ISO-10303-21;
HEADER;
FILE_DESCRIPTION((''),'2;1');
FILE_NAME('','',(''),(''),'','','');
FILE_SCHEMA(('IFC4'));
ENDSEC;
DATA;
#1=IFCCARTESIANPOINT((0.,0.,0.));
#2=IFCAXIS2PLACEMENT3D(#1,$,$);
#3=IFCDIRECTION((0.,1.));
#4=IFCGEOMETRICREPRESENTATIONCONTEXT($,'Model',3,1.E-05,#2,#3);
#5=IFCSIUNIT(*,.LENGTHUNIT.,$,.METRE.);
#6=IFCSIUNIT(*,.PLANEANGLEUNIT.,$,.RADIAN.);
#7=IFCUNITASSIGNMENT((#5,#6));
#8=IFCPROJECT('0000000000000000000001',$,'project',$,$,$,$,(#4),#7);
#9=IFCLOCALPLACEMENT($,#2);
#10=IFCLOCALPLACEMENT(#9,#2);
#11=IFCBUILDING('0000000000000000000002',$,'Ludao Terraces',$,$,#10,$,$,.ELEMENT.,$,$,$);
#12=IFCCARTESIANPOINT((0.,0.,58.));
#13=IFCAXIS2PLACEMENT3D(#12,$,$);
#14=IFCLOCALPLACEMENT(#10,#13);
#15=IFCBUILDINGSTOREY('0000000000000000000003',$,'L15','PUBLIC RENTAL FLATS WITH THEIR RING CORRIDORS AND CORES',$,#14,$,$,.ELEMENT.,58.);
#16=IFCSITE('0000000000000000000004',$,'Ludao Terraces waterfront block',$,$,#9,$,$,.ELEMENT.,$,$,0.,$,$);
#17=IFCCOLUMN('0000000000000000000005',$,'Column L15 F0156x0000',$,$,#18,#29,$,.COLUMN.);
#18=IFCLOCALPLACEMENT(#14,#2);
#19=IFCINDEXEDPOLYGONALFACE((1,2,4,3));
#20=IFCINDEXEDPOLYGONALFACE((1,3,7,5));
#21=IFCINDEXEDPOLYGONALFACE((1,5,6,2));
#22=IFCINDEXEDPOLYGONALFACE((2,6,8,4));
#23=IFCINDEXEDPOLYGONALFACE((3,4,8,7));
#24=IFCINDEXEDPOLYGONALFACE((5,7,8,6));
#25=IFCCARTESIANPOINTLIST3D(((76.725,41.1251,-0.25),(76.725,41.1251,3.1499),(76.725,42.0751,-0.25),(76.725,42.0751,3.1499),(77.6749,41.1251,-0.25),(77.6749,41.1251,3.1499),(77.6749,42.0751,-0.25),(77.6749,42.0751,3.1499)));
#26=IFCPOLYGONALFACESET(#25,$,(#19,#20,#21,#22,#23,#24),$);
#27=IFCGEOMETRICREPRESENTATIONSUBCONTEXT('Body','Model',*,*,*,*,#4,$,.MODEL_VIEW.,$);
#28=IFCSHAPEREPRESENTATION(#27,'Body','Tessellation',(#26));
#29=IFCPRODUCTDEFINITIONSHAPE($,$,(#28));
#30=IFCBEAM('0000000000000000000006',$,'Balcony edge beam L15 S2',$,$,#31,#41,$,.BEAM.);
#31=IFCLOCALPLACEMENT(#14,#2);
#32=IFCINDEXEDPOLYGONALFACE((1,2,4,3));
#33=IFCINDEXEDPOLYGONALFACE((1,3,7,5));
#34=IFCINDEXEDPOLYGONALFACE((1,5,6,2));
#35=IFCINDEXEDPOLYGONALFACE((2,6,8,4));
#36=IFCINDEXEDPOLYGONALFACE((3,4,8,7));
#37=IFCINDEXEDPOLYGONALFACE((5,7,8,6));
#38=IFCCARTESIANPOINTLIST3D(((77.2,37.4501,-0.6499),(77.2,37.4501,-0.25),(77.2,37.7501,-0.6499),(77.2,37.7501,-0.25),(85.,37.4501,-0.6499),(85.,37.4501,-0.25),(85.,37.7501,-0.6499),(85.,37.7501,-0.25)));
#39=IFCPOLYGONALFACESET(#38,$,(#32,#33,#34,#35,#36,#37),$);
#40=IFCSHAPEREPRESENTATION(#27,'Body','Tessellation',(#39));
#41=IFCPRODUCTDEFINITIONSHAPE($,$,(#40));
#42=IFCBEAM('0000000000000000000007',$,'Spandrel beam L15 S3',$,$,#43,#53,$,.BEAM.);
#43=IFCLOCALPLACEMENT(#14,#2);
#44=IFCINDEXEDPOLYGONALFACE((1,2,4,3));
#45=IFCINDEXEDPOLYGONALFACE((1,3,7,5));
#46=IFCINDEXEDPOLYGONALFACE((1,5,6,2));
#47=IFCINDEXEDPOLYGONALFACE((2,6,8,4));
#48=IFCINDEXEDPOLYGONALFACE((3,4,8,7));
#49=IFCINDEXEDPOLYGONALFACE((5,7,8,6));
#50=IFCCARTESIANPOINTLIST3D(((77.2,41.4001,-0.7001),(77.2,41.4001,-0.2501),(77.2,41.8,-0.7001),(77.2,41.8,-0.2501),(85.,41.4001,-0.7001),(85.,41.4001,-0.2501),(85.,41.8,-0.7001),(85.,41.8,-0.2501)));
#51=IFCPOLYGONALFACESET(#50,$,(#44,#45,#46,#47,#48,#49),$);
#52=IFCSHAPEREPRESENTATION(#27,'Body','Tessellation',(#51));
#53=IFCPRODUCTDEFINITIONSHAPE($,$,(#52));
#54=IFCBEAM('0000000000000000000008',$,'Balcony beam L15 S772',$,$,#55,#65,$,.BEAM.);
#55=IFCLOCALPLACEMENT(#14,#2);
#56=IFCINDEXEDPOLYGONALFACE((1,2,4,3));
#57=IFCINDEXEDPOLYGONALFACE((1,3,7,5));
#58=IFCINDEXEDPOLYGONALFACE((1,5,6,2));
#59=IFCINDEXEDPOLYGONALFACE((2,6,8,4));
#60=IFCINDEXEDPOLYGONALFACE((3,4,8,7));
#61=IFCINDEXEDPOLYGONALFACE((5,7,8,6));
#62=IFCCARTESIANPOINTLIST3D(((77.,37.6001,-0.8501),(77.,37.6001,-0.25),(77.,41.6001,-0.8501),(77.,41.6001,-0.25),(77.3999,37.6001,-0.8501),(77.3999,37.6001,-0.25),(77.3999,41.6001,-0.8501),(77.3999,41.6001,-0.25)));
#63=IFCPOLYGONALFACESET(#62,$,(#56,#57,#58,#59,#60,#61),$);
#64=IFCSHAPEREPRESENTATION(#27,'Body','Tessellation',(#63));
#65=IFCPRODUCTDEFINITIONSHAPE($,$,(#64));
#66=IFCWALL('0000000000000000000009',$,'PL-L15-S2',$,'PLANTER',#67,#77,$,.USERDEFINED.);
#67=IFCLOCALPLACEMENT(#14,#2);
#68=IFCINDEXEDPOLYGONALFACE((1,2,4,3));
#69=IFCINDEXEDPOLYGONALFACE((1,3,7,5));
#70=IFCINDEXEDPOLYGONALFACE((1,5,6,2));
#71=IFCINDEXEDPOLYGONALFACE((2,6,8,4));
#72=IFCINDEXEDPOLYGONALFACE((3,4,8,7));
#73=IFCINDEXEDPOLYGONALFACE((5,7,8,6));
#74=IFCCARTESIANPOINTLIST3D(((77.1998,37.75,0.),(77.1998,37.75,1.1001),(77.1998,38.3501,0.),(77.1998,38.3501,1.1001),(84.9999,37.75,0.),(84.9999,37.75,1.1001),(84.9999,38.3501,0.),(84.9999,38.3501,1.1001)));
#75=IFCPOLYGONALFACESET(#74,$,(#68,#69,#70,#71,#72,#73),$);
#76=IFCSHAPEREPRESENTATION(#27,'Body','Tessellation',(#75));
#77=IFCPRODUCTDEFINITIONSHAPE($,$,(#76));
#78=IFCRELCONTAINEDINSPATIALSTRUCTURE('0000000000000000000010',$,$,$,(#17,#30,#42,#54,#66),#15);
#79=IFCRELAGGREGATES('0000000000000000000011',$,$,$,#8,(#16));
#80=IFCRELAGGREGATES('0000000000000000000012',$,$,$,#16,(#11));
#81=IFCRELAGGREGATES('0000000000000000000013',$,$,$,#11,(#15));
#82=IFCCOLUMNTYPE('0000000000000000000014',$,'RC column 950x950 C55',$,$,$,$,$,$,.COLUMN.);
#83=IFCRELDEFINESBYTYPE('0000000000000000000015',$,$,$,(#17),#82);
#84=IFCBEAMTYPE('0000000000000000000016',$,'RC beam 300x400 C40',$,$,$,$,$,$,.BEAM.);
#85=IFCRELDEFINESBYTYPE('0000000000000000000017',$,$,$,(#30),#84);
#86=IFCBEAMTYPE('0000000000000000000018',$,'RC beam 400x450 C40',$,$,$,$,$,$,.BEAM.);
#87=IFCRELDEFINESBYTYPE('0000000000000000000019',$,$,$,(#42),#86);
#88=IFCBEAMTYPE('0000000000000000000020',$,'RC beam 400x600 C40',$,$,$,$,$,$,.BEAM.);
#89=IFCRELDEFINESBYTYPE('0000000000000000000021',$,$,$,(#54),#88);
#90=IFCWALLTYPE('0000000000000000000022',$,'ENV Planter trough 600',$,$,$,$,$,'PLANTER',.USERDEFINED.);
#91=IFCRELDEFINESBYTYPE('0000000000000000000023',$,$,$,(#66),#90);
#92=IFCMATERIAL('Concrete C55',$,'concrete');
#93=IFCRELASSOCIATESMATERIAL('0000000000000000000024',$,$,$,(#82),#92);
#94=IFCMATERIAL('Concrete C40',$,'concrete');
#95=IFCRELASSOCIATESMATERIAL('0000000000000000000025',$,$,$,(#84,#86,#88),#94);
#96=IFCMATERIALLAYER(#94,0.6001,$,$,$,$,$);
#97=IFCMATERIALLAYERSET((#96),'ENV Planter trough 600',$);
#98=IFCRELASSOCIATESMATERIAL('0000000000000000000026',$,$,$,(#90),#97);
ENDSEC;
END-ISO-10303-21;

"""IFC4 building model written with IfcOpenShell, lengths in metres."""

from ifc_helpers import new_model, si_unit, direction, frame, frame_2d, origin, origin_2d, place, context, subcontext, project, spatial, rectangle, extrude, material, layer, layer_set, material_profile, profile_set, type_object, element, save


model = new_model("IFC4")

# Units and contexts
model_context = context("Model", 3, precision=1e-05, world=origin(), true_north=direction((0.0, 1.0)))
body_context = subcontext(model_context, "Body", "Model", "MODEL_VIEW")
ifc_project = project(units=[si_unit("LENGTHUNIT", "METRE"), si_unit("PLANEANGLEUNIT", "RADIAN")], contexts=[model_context])

# Site, building, storey
site_placement = place(None, origin())
site = spatial("IfcSite", under=ifc_project, at=site_placement, Name="Ludao Terraces waterfront block", CompositionType="ELEMENT", RefElevation=0.0)
building_placement = place(site_placement, origin())
building = spatial("IfcBuilding", under=site, at=building_placement, Name="Ludao Terraces", CompositionType="ELEMENT")
storey_placement = place(building_placement, frame((0.0, 0.0, 58.0)))
storey = spatial("IfcBuildingStorey", under=building, at=storey_placement, Name="L15", Description="PUBLIC RENTAL FLATS WITH THEIR RING CORRIDORS AND CORES", CompositionType="ELEMENT", Elevation=58.0)

# Column
ifc_material_1 = material(Name="Concrete C55", Category="concrete")
ifc_material_profile_1 = material_profile(ifc_material_1, rectangle(XDim=0.95, YDim=0.95, at=origin_2d()), Name="950 X 950")
ifc_profile_set_1 = profile_set([ifc_material_profile_1], Name="Concrete C55")
column_type = type_object("IfcColumnType", Name="RC column 950x950 C55", PredefinedType="COLUMN", material=ifc_profile_set_1)
column_placement = place(storey_placement, frame((77.2, 41.6001, -0.25), z_axis=(0.0, 0.0, 1.0), x_axis=(1.0, 0.0, 0.0)))
element("IfcColumn", 1, at=column_placement, inside=storey, type_object=column_type, Name="Column L15 F0156x0000", PredefinedType="COLUMN", context=body_context, shape_type="SweptSolid", body=[
    extrude(rectangle(XDim=0.95, YDim=0.95, at=origin_2d()), origin(), (0.0, 0.0, 1.0), 3.3999),
])

# Beams
ifc_material_2 = material(Name="Concrete C40", Category="concrete")
ifc_material_profile_2 = material_profile(ifc_material_2, rectangle(XDim=0.3, YDim=0.3999, at=origin_2d()), Name="300 X 400")
ifc_profile_set_2 = profile_set([ifc_material_profile_2], Name="Concrete C40")
beam_type_1 = type_object("IfcBeamType", Name="RC beam 300x400 C40", PredefinedType="BEAM", material=ifc_profile_set_2)
beam_1_placement = place(storey_placement, frame((77.2, 37.6001, -0.45), z_axis=(1.0, 0.0, 0.0), x_axis=(0.0, 1.0, 0.0)))
element("IfcBeam", 2, at=beam_1_placement, inside=storey, type_object=beam_type_1, Name="Balcony edge beam L15 S2", PredefinedType="BEAM", context=body_context, shape_type="SweptSolid", body=[
    extrude(rectangle(XDim=0.3, YDim=0.3999, at=origin_2d()), origin(), (0.0, 0.0, 1.0), 7.8),
])
ifc_material_profile_3 = material_profile(ifc_material_2, rectangle(XDim=0.3999, YDim=0.45, at=origin_2d()), Name="400 X 450")
ifc_profile_set_3 = profile_set([ifc_material_profile_3], Name="Concrete C40")
beam_type_2 = type_object("IfcBeamType", Name="RC beam 400x450 C40", PredefinedType="BEAM", material=ifc_profile_set_3)
beam_2_placement = place(storey_placement, frame((77.2, 41.6001, -0.4751), z_axis=(1.0, 0.0, 0.0), x_axis=(0.0, 1.0, 0.0)))
element("IfcBeam", 3, at=beam_2_placement, inside=storey, type_object=beam_type_2, Name="Spandrel beam L15 S3", PredefinedType="BEAM", context=body_context, shape_type="SweptSolid", body=[
    extrude(rectangle(XDim=0.3999, YDim=0.45, at=origin_2d()), origin(), (0.0, 0.0, 1.0), 7.8),
])
ifc_material_profile_4 = material_profile(ifc_material_2, rectangle(XDim=0.3999, YDim=0.6001, at=origin_2d()), Name="400 X 600")
ifc_profile_set_4 = profile_set([ifc_material_profile_4], Name="Concrete C40")
beam_type_3 = type_object("IfcBeamType", Name="RC beam 400x600 C40", PredefinedType="BEAM", material=ifc_profile_set_4)
beam_3_placement = place(storey_placement, frame((77.2, 41.6001, -0.55), z_axis=(0.0, -1.0, 0.0), x_axis=(1.0, 0.0, 0.0)))
element("IfcBeam", 4, at=beam_3_placement, inside=storey, type_object=beam_type_3, Name="Balcony beam L15 S772", PredefinedType="BEAM", context=body_context, shape_type="SweptSolid", body=[
    extrude(rectangle(XDim=0.3999, YDim=0.6001, at=origin_2d()), origin(), (0.0, 0.0, 1.0), 4.0),
])

# Wall
ifc_layer_1 = layer(ifc_material_2, 0.6001)
ifc_layer_set_1 = layer_set([ifc_layer_1], Name="ENV Planter trough 600")
wall_type_1 = type_object("IfcWallType", Name="ENV Planter trough 600", ElementType="PLANTER", PredefinedType="USERDEFINED", material=ifc_layer_set_1)
wall_1_placement = place(storey_placement, frame((77.2, 38.05, 0.0), z_axis=(0.0, 0.0, 1.0), x_axis=(1.0, 0.0, 0.0)))
element("IfcWall", 5, at=wall_1_placement, inside=storey, type_object=wall_type_1, Name="PL-L15-S2", ObjectType="PLANTER", PredefinedType="USERDEFINED", context=body_context, shape_type="SweptSolid", body=[
    extrude(rectangle(XDim=7.8, YDim=0.6001, at=frame_2d((3.8999, 0.0))), origin(), (0.0, 0.0, 1.0), 1.1001),
])

save(model, "model.ifc")
